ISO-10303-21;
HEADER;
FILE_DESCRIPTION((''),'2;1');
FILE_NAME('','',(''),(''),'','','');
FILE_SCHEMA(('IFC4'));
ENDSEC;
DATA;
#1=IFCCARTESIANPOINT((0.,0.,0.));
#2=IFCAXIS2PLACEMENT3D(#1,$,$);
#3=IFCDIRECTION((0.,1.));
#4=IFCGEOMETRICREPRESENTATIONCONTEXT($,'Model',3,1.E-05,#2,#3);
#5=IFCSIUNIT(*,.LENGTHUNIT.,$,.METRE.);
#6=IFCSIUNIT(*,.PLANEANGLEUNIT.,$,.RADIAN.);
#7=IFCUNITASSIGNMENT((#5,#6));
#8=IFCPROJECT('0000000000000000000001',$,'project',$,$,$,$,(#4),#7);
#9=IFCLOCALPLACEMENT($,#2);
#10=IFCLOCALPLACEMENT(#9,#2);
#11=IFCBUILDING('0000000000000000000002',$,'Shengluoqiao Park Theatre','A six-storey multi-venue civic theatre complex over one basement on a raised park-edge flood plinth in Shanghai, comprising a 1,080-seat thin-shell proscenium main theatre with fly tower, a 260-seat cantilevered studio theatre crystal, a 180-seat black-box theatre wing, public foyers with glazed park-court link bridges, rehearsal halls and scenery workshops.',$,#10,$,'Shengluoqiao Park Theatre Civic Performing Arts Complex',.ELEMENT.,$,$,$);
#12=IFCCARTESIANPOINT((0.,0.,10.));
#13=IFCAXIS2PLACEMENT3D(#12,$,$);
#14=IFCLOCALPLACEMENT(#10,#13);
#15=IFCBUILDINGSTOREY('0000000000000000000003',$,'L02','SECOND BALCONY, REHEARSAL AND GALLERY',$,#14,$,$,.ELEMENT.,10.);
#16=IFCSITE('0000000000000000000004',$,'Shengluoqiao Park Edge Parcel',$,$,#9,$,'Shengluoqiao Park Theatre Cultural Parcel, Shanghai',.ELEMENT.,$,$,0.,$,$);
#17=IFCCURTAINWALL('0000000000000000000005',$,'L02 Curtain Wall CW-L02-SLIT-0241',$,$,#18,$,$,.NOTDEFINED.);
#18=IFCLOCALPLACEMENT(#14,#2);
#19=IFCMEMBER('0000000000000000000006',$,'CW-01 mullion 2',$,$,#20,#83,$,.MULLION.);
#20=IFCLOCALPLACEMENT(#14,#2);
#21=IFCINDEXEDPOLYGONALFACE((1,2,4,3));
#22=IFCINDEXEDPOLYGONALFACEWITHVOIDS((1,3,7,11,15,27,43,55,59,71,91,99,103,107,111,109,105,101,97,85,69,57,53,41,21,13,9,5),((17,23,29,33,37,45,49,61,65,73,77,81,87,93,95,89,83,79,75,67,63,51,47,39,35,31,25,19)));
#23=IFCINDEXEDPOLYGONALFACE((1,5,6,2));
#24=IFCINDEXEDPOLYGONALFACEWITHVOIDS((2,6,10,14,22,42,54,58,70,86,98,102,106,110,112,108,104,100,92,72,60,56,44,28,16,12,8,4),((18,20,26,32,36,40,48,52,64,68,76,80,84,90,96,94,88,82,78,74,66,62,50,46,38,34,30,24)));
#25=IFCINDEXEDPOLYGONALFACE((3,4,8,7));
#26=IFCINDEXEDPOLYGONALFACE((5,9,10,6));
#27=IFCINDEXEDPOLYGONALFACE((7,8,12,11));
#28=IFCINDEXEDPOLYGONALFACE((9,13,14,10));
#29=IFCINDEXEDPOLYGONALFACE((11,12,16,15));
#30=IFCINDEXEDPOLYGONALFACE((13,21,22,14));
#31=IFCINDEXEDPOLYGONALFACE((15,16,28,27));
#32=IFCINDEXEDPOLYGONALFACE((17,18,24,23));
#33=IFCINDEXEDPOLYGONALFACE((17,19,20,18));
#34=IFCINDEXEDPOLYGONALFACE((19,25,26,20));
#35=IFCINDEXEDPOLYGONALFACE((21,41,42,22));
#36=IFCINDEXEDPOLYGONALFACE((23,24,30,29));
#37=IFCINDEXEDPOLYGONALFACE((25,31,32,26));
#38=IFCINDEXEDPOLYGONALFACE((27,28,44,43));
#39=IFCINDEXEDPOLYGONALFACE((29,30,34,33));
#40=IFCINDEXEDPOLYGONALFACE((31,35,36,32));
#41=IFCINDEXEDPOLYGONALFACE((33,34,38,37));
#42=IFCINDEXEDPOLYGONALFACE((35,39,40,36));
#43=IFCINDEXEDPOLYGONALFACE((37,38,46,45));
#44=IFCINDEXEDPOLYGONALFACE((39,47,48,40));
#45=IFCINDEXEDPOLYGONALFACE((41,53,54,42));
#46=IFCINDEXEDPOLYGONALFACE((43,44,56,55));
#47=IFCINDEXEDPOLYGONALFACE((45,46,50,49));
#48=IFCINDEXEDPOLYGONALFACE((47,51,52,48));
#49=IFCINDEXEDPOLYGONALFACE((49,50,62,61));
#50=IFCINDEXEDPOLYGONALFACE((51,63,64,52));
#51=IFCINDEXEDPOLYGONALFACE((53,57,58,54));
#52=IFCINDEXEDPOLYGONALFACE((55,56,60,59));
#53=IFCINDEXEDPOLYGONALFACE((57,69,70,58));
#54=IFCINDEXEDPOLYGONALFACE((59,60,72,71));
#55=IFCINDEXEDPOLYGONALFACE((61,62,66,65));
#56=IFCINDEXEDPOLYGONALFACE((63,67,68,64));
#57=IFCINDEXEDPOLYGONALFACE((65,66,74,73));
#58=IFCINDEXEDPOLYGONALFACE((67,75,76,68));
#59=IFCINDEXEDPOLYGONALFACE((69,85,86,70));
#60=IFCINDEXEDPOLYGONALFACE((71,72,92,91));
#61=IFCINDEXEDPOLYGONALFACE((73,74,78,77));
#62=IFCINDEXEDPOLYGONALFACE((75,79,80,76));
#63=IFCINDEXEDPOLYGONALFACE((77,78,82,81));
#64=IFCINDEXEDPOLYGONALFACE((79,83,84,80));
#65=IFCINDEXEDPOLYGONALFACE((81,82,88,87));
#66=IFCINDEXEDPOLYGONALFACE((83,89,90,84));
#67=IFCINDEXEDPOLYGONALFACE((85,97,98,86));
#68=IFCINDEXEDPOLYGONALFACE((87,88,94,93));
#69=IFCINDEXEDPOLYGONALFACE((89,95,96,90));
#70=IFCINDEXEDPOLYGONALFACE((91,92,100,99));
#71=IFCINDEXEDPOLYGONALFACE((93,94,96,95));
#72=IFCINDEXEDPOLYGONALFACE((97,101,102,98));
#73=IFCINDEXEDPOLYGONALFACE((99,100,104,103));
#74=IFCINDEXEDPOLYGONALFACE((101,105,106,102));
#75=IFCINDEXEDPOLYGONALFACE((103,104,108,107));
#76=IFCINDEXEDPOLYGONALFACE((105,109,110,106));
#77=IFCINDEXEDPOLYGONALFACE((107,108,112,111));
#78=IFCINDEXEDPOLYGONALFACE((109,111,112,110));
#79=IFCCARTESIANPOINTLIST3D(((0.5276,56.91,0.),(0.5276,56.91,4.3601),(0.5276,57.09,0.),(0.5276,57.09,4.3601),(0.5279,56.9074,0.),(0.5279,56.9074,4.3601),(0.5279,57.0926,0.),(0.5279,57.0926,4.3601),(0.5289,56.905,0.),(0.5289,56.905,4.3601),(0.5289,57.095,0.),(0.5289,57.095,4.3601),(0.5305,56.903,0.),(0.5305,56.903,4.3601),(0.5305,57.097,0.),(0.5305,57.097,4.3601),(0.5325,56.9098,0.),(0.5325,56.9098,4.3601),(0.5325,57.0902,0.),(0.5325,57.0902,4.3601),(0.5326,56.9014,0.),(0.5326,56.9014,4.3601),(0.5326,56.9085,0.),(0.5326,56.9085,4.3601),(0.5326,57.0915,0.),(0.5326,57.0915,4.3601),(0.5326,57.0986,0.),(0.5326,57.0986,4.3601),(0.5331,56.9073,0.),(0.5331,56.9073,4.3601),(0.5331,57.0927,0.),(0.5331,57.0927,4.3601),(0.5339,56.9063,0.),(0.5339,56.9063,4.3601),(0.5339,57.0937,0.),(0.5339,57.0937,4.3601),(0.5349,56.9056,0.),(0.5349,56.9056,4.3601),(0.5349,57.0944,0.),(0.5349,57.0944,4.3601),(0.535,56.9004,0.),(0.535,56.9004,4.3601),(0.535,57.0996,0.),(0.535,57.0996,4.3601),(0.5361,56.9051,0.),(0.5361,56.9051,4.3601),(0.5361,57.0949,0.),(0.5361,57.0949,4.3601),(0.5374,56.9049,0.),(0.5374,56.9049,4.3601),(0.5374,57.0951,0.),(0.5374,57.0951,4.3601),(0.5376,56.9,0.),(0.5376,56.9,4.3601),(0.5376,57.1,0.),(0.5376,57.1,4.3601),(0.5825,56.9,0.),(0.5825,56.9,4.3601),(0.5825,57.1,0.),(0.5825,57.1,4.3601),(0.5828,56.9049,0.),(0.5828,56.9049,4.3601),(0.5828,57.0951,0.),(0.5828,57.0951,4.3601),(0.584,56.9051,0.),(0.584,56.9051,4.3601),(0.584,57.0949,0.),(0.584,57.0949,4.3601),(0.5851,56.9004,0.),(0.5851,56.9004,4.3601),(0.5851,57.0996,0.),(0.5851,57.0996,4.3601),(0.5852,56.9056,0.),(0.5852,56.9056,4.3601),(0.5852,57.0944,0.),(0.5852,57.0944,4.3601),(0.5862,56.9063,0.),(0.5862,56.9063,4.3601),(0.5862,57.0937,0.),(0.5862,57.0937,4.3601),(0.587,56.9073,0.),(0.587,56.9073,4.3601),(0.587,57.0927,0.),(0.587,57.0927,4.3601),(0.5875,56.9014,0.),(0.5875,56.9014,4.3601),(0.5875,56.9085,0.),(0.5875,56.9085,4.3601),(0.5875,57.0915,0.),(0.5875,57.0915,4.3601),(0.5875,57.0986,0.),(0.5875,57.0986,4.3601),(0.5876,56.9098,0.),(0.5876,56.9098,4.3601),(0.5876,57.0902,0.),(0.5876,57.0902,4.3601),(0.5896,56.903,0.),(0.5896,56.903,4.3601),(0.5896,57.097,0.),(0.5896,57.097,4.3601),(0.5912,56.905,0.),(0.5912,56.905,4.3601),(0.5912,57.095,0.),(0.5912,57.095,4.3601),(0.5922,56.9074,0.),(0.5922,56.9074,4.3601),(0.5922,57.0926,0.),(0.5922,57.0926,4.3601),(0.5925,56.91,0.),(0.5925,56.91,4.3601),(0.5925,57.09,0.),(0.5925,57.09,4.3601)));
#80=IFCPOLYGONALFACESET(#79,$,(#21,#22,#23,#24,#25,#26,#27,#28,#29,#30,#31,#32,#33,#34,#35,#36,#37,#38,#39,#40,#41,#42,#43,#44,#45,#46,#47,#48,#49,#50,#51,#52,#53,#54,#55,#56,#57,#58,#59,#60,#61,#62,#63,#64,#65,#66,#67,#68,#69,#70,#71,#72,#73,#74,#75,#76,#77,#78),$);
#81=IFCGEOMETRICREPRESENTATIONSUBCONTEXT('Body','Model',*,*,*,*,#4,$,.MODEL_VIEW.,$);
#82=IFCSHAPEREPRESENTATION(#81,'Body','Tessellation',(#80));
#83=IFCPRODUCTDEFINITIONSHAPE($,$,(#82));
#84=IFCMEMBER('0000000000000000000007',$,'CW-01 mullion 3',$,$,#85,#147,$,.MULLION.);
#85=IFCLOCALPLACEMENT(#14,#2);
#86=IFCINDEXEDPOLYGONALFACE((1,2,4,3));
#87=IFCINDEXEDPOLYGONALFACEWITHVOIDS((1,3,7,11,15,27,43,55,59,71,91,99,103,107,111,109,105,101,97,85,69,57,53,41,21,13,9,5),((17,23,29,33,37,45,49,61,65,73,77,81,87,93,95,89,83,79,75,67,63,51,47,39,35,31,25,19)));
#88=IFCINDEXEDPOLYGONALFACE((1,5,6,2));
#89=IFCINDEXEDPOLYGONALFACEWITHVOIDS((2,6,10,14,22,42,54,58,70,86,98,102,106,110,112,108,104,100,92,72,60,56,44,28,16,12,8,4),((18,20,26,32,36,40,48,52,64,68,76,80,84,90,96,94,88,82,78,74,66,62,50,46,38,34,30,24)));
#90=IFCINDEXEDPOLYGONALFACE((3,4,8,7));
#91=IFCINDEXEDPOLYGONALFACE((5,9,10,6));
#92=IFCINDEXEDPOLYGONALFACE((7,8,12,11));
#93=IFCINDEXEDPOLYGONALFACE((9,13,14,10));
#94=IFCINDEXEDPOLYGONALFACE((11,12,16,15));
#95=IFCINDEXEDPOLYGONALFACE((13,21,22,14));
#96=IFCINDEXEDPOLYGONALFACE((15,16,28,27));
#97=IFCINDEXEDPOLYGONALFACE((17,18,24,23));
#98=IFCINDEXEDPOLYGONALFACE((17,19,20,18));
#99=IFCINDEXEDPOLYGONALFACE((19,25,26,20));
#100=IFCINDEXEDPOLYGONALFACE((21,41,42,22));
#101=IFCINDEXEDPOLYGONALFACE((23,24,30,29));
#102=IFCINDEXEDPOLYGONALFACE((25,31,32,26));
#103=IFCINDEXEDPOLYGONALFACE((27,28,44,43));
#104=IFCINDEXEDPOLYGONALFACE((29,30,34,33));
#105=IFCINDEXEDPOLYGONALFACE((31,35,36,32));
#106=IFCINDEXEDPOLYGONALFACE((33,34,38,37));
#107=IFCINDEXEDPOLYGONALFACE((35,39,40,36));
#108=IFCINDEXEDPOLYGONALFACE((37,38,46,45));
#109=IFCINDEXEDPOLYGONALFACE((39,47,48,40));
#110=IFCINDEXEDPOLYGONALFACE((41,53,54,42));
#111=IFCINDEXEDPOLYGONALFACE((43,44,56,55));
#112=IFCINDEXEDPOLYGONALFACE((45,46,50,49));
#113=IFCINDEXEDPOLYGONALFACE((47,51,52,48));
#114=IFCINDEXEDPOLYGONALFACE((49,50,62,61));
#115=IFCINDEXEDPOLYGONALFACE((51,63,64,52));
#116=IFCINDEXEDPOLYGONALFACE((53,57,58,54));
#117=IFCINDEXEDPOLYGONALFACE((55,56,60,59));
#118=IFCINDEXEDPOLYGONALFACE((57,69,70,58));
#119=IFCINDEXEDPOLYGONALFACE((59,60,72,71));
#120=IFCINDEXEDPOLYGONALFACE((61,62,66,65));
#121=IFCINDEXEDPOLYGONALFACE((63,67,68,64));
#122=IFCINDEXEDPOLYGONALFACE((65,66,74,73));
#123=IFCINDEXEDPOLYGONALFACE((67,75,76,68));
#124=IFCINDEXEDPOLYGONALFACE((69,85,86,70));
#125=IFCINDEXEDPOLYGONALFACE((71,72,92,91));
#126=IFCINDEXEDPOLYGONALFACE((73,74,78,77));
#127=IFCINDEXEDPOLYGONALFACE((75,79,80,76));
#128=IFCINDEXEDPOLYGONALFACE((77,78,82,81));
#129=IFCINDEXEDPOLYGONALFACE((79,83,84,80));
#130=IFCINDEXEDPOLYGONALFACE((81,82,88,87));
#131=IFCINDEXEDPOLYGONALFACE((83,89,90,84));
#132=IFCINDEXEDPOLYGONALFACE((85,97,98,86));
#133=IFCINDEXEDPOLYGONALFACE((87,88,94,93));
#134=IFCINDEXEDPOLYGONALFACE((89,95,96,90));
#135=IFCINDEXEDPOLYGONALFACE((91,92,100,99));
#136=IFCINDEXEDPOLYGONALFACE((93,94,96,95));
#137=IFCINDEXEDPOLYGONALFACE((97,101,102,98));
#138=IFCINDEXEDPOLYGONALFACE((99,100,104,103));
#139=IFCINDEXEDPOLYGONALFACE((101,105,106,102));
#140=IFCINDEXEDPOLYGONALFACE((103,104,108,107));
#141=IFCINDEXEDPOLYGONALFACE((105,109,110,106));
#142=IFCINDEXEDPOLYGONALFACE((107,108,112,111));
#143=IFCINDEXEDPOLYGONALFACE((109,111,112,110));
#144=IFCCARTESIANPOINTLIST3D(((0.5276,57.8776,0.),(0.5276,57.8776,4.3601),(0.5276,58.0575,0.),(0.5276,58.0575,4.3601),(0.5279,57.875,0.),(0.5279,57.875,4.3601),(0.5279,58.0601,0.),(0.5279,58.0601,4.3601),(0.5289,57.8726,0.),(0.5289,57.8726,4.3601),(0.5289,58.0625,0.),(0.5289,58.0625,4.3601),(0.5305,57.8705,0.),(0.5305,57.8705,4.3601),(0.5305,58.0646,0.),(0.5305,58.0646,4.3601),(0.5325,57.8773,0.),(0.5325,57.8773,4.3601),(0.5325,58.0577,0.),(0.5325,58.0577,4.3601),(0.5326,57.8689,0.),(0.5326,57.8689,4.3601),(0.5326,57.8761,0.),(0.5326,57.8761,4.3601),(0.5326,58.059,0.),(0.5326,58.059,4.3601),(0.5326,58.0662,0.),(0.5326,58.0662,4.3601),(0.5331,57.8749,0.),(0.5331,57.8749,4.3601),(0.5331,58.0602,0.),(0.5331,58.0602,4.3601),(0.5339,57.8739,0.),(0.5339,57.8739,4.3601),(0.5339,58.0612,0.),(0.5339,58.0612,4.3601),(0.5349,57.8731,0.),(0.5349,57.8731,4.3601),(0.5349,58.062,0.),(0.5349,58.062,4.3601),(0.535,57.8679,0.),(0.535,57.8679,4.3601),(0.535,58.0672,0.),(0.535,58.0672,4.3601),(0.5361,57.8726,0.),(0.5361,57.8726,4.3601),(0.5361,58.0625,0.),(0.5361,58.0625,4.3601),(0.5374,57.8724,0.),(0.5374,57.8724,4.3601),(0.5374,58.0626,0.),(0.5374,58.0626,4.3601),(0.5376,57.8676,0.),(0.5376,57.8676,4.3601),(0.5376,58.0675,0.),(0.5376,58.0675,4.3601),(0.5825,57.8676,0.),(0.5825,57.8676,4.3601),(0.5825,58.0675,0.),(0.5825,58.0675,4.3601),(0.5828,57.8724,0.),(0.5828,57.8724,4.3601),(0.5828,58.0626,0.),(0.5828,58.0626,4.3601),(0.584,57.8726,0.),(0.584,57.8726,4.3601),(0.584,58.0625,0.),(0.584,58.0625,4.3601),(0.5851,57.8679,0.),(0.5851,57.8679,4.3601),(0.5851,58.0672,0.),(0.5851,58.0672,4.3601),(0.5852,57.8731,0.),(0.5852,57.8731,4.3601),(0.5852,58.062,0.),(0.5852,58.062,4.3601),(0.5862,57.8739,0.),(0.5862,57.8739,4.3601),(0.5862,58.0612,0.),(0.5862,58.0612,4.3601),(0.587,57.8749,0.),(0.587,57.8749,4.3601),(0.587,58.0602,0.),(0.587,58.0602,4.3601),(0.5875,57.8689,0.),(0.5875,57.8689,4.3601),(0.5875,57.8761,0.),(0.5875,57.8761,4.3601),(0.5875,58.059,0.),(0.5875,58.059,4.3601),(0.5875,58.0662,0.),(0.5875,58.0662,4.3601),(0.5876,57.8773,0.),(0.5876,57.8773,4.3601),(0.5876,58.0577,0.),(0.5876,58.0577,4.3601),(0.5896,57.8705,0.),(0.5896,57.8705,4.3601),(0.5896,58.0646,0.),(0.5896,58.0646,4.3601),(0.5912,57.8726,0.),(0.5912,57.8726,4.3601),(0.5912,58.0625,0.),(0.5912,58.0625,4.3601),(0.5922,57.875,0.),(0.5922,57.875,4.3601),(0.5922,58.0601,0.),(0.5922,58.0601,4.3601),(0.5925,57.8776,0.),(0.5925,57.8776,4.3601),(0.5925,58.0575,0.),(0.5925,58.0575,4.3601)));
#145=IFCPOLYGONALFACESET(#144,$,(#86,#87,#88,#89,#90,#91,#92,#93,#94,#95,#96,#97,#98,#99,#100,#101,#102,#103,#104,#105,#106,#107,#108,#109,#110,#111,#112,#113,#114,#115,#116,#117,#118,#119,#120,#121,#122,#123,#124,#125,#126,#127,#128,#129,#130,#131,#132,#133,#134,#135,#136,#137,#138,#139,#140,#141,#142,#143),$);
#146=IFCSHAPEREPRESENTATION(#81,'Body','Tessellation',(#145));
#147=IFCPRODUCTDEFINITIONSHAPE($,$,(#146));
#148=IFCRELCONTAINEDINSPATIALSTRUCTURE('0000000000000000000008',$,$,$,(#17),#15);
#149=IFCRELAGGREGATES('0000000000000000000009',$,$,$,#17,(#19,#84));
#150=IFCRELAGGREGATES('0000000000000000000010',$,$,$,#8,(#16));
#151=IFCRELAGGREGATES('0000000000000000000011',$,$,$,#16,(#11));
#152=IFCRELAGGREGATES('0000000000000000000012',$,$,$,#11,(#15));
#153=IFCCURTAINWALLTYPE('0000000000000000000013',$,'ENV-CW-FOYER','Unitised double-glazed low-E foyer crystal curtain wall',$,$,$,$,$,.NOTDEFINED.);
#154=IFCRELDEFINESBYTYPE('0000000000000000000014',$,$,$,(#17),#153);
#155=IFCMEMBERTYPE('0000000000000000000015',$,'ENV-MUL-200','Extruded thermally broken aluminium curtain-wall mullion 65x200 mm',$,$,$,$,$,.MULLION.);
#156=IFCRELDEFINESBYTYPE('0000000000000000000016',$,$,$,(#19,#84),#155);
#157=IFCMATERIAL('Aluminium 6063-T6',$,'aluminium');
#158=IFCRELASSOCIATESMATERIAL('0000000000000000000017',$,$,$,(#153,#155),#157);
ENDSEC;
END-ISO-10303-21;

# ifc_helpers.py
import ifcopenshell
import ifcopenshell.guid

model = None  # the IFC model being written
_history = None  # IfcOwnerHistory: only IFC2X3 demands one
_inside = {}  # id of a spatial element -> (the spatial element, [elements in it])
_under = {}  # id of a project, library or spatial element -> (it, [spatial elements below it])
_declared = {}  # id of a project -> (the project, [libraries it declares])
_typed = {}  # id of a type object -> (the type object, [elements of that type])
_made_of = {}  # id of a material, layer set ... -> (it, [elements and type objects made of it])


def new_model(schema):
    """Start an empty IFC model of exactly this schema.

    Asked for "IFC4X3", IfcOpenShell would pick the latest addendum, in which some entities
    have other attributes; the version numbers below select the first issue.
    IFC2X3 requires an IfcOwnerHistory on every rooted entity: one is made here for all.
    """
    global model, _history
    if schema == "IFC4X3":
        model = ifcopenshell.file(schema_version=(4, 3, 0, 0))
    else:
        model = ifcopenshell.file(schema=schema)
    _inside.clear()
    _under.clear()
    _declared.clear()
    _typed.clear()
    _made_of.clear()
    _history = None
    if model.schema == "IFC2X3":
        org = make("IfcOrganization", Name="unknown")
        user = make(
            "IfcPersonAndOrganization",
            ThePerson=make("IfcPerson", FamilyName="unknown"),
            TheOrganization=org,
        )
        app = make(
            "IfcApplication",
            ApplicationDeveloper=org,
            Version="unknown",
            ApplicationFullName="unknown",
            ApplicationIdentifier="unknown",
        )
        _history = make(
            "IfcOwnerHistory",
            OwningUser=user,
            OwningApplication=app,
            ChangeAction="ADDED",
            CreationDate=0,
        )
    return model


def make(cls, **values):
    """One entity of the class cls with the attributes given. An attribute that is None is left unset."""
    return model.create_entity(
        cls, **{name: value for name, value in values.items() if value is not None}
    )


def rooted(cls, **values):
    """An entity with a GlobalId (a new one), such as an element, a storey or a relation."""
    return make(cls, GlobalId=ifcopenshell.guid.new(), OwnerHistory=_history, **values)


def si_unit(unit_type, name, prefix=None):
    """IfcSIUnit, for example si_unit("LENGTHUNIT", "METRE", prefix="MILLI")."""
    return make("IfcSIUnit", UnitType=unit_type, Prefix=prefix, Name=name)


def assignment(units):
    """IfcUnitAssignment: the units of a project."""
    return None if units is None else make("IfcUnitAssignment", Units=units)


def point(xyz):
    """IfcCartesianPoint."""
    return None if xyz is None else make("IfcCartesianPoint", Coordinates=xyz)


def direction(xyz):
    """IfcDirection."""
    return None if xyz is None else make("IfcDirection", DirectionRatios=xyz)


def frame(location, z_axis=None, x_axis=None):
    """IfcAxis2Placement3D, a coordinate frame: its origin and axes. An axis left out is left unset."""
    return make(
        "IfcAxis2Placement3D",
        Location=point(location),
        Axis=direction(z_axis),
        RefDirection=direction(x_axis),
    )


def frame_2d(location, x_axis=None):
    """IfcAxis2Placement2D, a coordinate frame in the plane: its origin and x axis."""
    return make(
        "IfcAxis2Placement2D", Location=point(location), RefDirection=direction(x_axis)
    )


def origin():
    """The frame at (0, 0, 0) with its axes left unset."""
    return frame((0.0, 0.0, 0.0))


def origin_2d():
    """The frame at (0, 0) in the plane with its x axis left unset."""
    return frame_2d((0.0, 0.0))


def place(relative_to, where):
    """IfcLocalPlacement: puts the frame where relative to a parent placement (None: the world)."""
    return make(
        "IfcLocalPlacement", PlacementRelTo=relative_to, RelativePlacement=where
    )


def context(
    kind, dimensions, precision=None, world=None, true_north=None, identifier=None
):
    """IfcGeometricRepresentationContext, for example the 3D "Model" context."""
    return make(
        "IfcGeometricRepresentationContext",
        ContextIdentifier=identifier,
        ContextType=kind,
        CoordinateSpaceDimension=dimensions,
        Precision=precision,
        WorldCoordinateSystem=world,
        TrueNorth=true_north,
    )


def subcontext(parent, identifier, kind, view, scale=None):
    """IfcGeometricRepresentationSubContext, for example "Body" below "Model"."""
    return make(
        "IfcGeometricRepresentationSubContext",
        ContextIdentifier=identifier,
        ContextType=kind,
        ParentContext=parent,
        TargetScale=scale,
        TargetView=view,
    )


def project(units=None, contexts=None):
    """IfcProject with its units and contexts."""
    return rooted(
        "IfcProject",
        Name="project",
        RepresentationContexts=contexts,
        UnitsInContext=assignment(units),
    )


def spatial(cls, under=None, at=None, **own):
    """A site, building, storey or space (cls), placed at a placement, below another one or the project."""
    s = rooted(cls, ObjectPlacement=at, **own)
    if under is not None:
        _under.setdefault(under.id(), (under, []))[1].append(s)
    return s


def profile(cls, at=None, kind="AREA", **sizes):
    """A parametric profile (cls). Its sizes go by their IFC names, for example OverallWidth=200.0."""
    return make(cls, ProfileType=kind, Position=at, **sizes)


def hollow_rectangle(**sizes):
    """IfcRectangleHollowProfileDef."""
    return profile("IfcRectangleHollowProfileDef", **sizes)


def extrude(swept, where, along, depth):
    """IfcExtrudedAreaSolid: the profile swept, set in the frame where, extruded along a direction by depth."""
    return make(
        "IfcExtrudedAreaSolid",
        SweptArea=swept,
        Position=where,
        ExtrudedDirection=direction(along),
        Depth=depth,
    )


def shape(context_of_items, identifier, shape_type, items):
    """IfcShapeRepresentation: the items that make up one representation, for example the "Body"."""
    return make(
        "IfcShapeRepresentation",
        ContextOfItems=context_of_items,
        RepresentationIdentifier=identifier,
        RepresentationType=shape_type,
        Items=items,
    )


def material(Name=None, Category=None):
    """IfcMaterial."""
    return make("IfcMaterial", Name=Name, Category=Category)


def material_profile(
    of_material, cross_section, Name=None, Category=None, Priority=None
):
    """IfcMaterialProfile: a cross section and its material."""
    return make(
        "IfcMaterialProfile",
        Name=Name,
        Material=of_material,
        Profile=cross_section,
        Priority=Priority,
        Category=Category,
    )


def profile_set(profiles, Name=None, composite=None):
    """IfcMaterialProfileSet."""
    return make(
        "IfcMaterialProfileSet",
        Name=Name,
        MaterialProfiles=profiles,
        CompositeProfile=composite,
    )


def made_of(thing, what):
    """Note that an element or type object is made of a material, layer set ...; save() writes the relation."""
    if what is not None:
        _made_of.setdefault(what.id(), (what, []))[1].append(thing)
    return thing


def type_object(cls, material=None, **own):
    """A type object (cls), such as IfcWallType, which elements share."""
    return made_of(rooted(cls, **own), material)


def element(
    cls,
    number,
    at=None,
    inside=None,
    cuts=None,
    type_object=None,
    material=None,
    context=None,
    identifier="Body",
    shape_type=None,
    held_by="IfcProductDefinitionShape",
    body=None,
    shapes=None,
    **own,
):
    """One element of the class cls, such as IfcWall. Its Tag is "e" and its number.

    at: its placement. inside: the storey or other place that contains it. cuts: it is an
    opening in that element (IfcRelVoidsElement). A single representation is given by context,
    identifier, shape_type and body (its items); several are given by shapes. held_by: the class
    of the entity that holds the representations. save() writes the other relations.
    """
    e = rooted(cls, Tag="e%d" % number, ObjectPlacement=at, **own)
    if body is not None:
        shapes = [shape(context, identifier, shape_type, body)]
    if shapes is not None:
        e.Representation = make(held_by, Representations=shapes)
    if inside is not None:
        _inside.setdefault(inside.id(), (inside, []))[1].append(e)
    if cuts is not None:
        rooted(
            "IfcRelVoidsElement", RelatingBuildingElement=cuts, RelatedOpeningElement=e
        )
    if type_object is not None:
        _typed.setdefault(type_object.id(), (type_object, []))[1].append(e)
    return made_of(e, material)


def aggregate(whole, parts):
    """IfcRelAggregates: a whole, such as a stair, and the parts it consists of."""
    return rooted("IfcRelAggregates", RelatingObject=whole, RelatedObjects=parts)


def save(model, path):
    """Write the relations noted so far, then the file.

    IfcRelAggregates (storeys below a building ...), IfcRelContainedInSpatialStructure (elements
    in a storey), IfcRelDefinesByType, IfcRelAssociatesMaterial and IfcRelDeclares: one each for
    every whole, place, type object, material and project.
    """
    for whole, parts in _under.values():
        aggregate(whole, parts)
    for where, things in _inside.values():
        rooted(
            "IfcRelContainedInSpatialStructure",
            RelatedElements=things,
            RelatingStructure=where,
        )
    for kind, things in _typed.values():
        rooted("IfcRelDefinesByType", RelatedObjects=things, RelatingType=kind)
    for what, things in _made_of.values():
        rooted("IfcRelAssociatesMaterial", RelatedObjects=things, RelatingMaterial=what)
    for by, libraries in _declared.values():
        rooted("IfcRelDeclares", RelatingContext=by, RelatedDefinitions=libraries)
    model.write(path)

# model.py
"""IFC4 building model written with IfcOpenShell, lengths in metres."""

from ifc_helpers import new_model, si_unit, direction, frame, origin, origin_2d, place, context, subcontext, project, spatial, hollow_rectangle, extrude, material, material_profile, profile_set, type_object, element, aggregate, save


model = new_model("IFC4")

# Units and contexts
model_context = context("Model", 3, precision=1e-05, world=origin(), true_north=direction((0.0, 1.0)))
body_context = subcontext(model_context, "Body", "Model", "MODEL_VIEW")
ifc_project = project(units=[si_unit("LENGTHUNIT", "METRE"), si_unit("PLANEANGLEUNIT", "RADIAN")], contexts=[model_context])

# Site, building, storey
site_placement = place(None, origin())
site = spatial("IfcSite", under=ifc_project, at=site_placement, Name="Shengluoqiao Park Edge Parcel", LongName="Shengluoqiao Park Theatre Cultural Parcel, Shanghai", CompositionType="ELEMENT", RefElevation=0.0)
building_placement = place(site_placement, origin())
building = spatial("IfcBuilding", under=site, at=building_placement, Name="Shengluoqiao Park Theatre", Description="A six-storey multi-venue civic theatre complex over one basement on a raised park-edge flood plinth in Shanghai, comprising a 1,080-seat thin-shell proscenium main theatre with fly tower, a 260-seat cantilevered studio theatre crystal, a 180-seat black-box theatre wing, public foyers with glazed park-court link bridges, rehearsal halls and scenery workshops.", LongName="Shengluoqiao Park Theatre Civic Performing Arts Complex", CompositionType="ELEMENT")
storey_placement = place(building_placement, frame((0.0, 0.0, 10.0)))
storey = spatial("IfcBuildingStorey", under=building, at=storey_placement, Name="L02", Description="SECOND BALCONY, REHEARSAL AND GALLERY", CompositionType="ELEMENT", Elevation=10.0)

# Curtain wall, members
ifc_material_1 = material(Name="Aluminium 6063-T6", Category="aluminium")
curtain_wall_type = type_object("IfcCurtainWallType", Name="ENV-CW-FOYER", Description="Unitised double-glazed low-E foyer crystal curtain wall", PredefinedType="NOTDEFINED", material=ifc_material_1)
curtain_wall_1_placement = place(storey_placement, origin())
curtain_wall_1 = element("IfcCurtainWall", 1, at=curtain_wall_1_placement, inside=storey, type_object=curtain_wall_type, Name="L02 Curtain Wall CW-L02-SLIT-0241", PredefinedType="NOTDEFINED")
ifc_material_profile_1 = material_profile(ifc_material_1, hollow_rectangle(XDim=0.0649, YDim=0.2, WallThickness=0.0049, InnerFilletRadius=0.0049, OuterFilletRadius=0.01, at=origin_2d()), Name="ALU MULLION 200x65x5")
ifc_profile_set_1 = profile_set([ifc_material_profile_1], Name="Aluminium 6063-T6")
member_type_1 = type_object("IfcMemberType", Name="ENV-MUL-200", Description="Extruded thermally broken aluminium curtain-wall mullion 65x200 mm", PredefinedType="MULLION", material=ifc_profile_set_1)
member_1_placement = place(storey_placement, frame((0.5601, 57.0, 0.0), z_axis=(0.0, 0.0, 1.0), x_axis=(-1.0, 0.0, 0.0)))
member_1 = element("IfcMember", 2, at=member_1_placement, type_object=member_type_1, Name="CW-01 mullion 2", PredefinedType="MULLION", context=body_context, shape_type="SweptSolid", body=[
    extrude(hollow_rectangle(XDim=0.0649, YDim=0.2, WallThickness=0.0049, InnerFilletRadius=0.0049, OuterFilletRadius=0.01, at=origin_2d()), origin(), (0.0, 0.0, 1.0), 4.3601),
])
member_2_placement = place(storey_placement, frame((0.5601, 57.9675, 0.0), z_axis=(0.0, 0.0, 1.0), x_axis=(-1.0, 0.0, 0.0)))
member_2 = element("IfcMember", 3, at=member_2_placement, type_object=member_type_1, Name="CW-01 mullion 3", PredefinedType="MULLION", context=body_context, shape_type="SweptSolid", body=[
    extrude(hollow_rectangle(XDim=0.0649, YDim=0.2, WallThickness=0.0049, InnerFilletRadius=0.0049, OuterFilletRadius=0.01, at=origin_2d()), origin(), (0.0, 0.0, 1.0), 4.3601),
])

aggregate(curtain_wall_1, [member_1, member_2])

save(model, "model.ifc")
